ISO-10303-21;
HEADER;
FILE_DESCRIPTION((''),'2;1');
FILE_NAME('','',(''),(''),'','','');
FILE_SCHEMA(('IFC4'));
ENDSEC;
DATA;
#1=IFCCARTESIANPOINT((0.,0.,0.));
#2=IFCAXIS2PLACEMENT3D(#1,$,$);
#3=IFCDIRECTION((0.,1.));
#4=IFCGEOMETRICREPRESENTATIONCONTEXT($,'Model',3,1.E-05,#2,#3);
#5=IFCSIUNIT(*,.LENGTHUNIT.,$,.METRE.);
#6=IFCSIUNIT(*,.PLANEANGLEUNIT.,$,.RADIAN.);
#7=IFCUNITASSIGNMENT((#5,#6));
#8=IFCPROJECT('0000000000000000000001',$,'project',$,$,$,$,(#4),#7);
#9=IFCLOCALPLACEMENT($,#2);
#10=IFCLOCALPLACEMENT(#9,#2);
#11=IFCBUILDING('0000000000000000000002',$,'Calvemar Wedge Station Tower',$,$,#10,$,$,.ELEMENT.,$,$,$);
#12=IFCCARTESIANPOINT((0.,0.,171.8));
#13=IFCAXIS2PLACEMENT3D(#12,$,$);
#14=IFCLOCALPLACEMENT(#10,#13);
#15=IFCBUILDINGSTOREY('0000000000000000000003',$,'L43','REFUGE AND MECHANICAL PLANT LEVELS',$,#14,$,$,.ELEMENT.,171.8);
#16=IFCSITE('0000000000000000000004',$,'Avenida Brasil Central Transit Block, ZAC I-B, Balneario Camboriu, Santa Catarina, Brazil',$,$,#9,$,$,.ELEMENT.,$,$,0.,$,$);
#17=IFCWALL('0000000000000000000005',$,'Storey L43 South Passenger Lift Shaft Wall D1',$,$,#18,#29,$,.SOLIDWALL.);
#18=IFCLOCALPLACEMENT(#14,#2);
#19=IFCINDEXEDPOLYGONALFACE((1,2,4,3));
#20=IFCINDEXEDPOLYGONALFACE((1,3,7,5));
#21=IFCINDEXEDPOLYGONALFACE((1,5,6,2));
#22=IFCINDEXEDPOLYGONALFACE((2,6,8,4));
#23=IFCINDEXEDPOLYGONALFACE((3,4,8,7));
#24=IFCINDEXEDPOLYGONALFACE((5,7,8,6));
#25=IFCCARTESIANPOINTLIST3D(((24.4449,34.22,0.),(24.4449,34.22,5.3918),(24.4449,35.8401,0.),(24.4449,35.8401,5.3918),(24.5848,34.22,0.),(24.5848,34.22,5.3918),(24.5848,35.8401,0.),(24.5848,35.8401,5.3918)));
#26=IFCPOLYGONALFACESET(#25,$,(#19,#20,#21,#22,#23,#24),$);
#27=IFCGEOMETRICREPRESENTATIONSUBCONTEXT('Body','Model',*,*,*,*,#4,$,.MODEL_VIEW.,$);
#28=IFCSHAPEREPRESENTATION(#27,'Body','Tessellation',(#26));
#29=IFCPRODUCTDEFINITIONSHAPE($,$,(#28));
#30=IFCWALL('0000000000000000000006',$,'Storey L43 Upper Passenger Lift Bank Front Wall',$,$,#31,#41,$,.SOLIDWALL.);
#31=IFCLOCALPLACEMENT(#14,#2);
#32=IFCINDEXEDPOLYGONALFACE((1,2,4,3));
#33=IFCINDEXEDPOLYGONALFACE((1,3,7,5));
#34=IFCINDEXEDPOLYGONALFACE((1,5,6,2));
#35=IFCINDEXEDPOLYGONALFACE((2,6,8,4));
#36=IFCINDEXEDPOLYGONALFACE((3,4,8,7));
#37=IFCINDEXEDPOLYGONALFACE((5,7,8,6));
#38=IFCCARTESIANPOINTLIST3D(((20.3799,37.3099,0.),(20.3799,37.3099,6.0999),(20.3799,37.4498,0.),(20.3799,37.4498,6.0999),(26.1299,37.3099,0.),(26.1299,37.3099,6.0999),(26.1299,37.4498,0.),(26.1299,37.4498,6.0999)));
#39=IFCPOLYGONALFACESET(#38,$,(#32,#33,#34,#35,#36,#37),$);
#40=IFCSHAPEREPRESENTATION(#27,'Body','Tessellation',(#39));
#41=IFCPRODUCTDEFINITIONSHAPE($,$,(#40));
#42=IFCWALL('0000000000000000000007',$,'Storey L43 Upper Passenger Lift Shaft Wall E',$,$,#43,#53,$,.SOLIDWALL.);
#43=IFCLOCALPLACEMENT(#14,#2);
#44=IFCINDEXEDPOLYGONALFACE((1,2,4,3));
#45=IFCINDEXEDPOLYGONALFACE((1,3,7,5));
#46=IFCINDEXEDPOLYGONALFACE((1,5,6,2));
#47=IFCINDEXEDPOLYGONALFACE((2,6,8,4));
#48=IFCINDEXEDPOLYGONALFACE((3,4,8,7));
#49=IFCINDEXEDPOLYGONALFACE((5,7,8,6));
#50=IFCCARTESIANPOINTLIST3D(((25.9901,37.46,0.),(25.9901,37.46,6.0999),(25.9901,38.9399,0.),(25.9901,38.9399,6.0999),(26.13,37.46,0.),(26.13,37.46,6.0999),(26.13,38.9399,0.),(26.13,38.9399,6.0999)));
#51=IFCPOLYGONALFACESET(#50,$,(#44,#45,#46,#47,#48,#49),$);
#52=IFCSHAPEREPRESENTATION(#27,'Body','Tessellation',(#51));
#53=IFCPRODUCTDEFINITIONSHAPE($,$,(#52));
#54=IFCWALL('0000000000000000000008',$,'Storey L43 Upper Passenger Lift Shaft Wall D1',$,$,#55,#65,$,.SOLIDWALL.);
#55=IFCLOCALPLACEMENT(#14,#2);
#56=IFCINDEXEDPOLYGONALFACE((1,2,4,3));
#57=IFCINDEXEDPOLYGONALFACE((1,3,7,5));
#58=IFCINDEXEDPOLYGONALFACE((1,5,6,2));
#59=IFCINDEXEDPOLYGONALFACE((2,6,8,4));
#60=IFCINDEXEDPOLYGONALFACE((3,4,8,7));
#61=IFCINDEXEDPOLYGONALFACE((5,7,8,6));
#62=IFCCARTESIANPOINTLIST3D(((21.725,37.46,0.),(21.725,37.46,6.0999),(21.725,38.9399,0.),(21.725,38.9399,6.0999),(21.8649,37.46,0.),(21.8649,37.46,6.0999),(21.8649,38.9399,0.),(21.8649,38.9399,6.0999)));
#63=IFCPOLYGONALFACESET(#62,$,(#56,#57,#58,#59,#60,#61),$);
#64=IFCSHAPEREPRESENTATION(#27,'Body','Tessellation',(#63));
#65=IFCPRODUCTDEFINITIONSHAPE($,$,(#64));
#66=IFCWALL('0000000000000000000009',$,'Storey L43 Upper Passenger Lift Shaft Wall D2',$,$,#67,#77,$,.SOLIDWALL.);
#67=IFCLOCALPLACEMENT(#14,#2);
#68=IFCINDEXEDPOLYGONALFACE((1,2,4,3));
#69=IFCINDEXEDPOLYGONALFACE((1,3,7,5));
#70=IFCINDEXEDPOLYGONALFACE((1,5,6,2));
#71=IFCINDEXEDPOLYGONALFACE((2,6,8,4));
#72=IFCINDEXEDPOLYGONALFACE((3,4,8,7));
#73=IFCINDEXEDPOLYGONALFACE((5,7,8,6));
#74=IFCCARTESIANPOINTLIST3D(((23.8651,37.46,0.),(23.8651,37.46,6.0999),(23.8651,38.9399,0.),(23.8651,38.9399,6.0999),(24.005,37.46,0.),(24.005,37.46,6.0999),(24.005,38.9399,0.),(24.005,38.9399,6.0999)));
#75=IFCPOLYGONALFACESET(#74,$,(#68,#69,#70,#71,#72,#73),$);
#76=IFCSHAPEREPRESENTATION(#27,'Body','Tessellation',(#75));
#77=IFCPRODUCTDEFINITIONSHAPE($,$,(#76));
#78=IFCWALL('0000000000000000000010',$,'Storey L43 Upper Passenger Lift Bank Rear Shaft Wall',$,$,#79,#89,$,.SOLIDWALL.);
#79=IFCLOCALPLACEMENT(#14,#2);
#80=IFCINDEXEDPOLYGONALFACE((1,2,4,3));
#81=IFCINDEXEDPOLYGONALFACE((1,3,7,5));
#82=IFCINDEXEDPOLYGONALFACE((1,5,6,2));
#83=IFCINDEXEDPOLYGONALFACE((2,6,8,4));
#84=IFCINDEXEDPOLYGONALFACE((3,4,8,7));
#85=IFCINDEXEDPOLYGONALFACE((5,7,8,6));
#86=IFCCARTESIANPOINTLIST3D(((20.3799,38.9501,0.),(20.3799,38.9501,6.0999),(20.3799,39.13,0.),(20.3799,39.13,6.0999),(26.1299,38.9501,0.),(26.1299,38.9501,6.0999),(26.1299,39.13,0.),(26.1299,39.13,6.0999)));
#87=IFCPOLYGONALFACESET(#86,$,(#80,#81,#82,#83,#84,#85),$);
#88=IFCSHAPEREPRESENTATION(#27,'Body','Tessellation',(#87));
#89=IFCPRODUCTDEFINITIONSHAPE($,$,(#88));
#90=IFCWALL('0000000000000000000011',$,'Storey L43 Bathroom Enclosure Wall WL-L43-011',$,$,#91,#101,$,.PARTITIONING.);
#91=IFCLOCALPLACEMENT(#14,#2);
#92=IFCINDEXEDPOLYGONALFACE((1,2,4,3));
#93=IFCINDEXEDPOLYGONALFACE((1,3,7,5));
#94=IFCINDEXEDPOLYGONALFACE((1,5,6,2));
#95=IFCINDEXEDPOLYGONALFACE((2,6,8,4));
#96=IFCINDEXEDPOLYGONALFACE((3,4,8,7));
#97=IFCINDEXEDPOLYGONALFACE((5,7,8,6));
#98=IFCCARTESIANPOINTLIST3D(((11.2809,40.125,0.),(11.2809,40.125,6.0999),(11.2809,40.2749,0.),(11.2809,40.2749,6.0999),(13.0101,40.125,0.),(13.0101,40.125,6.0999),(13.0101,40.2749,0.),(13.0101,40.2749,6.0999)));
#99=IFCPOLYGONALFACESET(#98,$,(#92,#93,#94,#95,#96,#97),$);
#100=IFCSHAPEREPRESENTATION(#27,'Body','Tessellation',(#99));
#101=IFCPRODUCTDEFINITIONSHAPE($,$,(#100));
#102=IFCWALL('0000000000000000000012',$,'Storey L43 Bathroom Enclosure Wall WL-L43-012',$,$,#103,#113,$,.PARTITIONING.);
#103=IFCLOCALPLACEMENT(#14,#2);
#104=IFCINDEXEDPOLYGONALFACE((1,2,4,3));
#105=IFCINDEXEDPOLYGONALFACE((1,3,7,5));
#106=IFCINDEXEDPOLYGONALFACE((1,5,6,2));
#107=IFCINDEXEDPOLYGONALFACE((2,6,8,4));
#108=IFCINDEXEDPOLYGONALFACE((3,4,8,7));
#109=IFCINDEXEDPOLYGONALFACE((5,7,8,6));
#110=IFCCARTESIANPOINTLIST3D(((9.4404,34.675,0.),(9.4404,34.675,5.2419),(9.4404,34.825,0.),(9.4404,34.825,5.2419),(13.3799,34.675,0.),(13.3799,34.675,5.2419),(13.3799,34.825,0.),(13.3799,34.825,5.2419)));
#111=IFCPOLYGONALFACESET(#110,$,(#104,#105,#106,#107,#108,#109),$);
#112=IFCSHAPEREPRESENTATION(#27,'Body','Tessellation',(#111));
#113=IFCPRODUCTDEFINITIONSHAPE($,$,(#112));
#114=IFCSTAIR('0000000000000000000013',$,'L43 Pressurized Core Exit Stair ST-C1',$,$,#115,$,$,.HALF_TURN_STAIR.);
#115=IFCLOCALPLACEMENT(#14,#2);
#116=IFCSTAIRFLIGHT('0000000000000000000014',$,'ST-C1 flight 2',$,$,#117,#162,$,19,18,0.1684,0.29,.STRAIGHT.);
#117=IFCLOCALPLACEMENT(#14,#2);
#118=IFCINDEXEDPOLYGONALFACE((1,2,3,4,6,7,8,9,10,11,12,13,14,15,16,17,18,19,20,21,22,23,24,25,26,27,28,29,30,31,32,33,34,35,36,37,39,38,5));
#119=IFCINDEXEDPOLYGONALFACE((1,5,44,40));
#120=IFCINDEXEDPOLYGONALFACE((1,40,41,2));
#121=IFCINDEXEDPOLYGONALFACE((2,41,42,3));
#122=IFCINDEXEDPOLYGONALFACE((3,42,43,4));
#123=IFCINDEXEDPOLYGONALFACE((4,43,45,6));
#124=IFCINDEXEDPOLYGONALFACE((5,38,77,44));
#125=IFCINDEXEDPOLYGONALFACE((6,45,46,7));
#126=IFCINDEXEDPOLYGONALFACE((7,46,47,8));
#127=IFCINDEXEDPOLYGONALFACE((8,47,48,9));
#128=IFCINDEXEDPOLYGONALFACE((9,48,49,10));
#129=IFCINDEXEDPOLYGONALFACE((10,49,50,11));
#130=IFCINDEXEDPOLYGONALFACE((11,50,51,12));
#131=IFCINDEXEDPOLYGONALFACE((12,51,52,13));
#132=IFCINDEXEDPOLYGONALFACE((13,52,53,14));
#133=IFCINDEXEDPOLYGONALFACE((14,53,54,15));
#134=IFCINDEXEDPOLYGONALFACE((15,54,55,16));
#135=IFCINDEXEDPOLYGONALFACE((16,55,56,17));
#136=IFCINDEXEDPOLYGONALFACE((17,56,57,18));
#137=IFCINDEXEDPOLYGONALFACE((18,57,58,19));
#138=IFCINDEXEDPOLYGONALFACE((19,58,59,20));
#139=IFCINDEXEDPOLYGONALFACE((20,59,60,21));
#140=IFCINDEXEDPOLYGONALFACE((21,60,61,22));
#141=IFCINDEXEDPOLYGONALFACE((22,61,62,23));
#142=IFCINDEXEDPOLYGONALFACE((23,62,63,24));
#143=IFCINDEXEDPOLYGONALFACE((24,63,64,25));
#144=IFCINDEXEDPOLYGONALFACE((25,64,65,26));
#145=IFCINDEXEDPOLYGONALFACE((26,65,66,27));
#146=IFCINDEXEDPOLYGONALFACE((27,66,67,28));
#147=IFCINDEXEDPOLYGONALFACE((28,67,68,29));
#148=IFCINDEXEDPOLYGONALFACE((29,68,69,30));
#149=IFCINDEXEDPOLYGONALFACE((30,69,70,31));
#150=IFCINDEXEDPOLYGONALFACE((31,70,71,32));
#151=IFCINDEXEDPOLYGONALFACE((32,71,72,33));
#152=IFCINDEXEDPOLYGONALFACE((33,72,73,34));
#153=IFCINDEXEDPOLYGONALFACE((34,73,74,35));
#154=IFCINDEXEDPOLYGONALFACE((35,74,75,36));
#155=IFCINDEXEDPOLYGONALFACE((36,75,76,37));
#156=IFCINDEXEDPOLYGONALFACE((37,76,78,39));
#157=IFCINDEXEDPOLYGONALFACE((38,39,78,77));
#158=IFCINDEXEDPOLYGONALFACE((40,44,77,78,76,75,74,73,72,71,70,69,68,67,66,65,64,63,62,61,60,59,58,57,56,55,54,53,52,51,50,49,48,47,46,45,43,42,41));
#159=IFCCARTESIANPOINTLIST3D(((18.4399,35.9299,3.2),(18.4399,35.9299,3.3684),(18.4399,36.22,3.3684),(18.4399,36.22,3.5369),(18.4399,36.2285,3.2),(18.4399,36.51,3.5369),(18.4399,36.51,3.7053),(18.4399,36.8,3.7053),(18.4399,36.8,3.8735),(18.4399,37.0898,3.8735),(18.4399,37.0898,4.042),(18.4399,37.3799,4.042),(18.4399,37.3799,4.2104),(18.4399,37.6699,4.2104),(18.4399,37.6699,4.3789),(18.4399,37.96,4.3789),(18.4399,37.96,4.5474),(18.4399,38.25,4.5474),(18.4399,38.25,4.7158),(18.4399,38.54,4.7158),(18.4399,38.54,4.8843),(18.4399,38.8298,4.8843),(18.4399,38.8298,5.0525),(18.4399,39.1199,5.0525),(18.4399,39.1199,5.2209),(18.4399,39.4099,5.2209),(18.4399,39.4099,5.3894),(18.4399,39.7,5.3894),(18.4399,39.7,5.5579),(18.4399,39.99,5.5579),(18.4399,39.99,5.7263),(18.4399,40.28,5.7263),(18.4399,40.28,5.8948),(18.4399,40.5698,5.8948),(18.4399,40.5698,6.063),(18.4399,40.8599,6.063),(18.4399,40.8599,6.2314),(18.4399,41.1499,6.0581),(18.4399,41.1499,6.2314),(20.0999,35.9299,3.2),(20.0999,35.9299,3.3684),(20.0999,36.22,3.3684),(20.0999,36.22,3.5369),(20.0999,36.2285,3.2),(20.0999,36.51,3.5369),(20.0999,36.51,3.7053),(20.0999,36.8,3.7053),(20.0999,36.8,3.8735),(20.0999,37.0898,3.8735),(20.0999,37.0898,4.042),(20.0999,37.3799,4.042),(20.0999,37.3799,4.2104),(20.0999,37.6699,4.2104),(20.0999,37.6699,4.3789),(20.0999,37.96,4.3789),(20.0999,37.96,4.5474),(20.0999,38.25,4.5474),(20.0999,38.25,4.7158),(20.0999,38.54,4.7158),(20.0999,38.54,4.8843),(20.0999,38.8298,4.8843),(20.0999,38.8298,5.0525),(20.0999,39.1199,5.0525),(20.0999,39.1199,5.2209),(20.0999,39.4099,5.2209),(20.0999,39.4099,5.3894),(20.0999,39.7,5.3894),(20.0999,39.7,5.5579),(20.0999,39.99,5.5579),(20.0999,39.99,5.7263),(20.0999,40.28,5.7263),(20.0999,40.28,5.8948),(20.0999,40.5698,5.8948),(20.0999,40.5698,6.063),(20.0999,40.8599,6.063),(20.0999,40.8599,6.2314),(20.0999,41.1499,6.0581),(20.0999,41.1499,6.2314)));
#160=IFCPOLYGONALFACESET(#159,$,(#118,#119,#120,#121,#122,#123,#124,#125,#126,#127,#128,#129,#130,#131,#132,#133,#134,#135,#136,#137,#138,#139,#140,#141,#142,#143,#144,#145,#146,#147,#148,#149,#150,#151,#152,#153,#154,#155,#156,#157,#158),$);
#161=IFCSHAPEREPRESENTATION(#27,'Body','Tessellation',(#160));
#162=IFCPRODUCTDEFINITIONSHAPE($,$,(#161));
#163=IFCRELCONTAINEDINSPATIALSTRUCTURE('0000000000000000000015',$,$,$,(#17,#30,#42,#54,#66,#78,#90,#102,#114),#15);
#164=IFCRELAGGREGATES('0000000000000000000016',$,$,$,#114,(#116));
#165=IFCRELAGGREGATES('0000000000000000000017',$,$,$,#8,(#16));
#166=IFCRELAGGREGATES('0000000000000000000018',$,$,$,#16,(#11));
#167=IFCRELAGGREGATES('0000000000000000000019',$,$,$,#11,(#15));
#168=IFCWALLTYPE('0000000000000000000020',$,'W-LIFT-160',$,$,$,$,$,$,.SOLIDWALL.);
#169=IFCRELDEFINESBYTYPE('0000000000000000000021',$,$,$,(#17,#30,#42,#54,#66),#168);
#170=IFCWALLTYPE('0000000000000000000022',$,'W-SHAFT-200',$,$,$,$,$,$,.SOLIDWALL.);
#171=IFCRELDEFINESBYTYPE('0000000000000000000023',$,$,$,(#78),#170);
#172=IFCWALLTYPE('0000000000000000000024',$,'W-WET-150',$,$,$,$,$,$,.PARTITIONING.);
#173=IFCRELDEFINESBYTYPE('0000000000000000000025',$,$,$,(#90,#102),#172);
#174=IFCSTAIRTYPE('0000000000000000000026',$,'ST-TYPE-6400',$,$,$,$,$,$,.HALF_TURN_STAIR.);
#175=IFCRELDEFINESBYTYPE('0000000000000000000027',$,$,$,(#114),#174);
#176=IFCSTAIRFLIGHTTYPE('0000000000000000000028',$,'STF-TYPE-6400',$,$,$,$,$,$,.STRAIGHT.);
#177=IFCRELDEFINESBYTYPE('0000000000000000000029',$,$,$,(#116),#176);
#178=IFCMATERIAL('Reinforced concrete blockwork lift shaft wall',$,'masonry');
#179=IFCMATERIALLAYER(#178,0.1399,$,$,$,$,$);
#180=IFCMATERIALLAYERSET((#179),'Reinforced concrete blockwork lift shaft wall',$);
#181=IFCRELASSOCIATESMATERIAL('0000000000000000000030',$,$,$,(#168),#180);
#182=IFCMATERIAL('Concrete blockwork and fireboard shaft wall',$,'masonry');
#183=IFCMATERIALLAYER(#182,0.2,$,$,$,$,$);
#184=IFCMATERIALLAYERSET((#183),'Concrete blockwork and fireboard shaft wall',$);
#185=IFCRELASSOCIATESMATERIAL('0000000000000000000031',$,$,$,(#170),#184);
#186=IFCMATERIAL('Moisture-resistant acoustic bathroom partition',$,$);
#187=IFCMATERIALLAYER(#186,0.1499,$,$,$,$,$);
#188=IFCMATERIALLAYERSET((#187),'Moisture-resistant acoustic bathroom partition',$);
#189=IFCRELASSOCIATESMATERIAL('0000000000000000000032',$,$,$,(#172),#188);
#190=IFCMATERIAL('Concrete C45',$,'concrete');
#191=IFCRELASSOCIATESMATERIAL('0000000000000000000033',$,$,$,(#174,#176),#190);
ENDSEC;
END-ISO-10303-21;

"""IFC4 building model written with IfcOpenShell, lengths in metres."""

from ifc_helpers import new_model, si_unit, direction, frame, frame_2d, origin, place, context, subcontext, project, spatial, polyline, rectangle, outline, extrude, material, layer, layer_set, type_object, element, aggregate, save


model = new_model("IFC4")

# Units and contexts
model_context = context("Model", 3, precision=1e-05, world=origin(), true_north=direction((0.0, 1.0)))
body_context = subcontext(model_context, "Body", "Model", "MODEL_VIEW")
ifc_project = project(units=[si_unit("LENGTHUNIT", "METRE"), si_unit("PLANEANGLEUNIT", "RADIAN")], contexts=[model_context])

# Site, building, storey
site_placement = place(None, origin())
site = spatial("IfcSite", under=ifc_project, at=site_placement, Name="Avenida Brasil Central Transit Block, ZAC I-B, Balneario Camboriu, Santa Catarina, Brazil", CompositionType="ELEMENT", RefElevation=0.0)
building_placement = place(site_placement, origin())
building = spatial("IfcBuilding", under=site, at=building_placement, Name="Calvemar Wedge Station Tower", CompositionType="ELEMENT")
storey_placement = place(building_placement, frame((0.0, 0.0, 171.8)))
storey = spatial("IfcBuildingStorey", under=building, at=storey_placement, Name="L43", Description="REFUGE AND MECHANICAL PLANT LEVELS", CompositionType="ELEMENT", Elevation=171.8)

# Walls
ifc_material_1 = material(Name="Reinforced concrete blockwork lift shaft wall", Category="masonry")
ifc_layer_1 = layer(ifc_material_1, 0.1399)
ifc_layer_set_1 = layer_set([ifc_layer_1], Name="Reinforced concrete blockwork lift shaft wall")
wall_type_1 = type_object("IfcWallType", Name="W-LIFT-160", PredefinedType="SOLIDWALL", material=ifc_layer_set_1)
for number, where, z_axis, x_axis, name in (
    (1, (24.5149, 34.22, 0.0), (0.0, 0.0, 1.0), (0.0, 1.0, 0.0), "Storey L43 South Passenger Lift Shaft Wall D1"),
):
    element("IfcWall", number, at=place(storey_placement, frame(where, z_axis=z_axis, x_axis=x_axis)), inside=storey, type_object=wall_type_1, Name=name, PredefinedType="SOLIDWALL", context=body_context, shape_type="SweptSolid", body=[
        extrude(rectangle(XDim=1.6201, YDim=0.1399, at=frame_2d((0.8101, 0.0))), origin(), (0.0, 0.0, 1.0), 5.3918),
    ])
wall_1_placement = place(storey_placement, frame((20.3799, 37.3799, 0.0), z_axis=(0.0, 0.0, 1.0), x_axis=(1.0, 0.0, 0.0)))
element("IfcWall", 2, at=wall_1_placement, inside=storey, type_object=wall_type_1, Name="Storey L43 Upper Passenger Lift Bank Front Wall", PredefinedType="SOLIDWALL", context=body_context, shape_type="SweptSolid", body=[
    extrude(rectangle(XDim=5.75, YDim=0.1399, at=frame_2d((2.875, 0.0))), origin(), (0.0, 0.0, 1.0), 6.0999),
])
for number, where, z_axis, x_axis, name in (
    (3, (26.0601, 37.46, 0.0), (0.0, 0.0, 1.0), (0.0, 1.0, 0.0), "Storey L43 Upper Passenger Lift Shaft Wall E"),
    (4, (21.7949, 37.46, 0.0), (0.0, 0.0, 1.0), (0.0, 1.0, 0.0), "Storey L43 Upper Passenger Lift Shaft Wall D1"),
    (5, (23.9351, 37.46, 0.0), (0.0, 0.0, 1.0), (0.0, 1.0, 0.0), "Storey L43 Upper Passenger Lift Shaft Wall D2"),
):
    element("IfcWall", number, at=place(storey_placement, frame(where, z_axis=z_axis, x_axis=x_axis)), inside=storey, type_object=wall_type_1, Name=name, PredefinedType="SOLIDWALL", context=body_context, shape_type="SweptSolid", body=[
        extrude(rectangle(XDim=1.48, YDim=0.1399, at=frame_2d((0.74, 0.0))), origin(), (0.0, 0.0, 1.0), 6.0999),
    ])
ifc_material_2 = material(Name="Concrete blockwork and fireboard shaft wall", Category="masonry")
ifc_layer_2 = layer(ifc_material_2, 0.2)
ifc_layer_set_2 = layer_set([ifc_layer_2], Name="Concrete blockwork and fireboard shaft wall")
wall_type_2 = type_object("IfcWallType", Name="W-SHAFT-200", PredefinedType="SOLIDWALL", material=ifc_layer_set_2)
wall_2_placement = place(storey_placement, frame((20.3799, 39.04, 0.0), z_axis=(0.0, 0.0, 1.0), x_axis=(1.0, 0.0, 0.0)))
element("IfcWall", 6, at=wall_2_placement, inside=storey, type_object=wall_type_2, Name="Storey L43 Upper Passenger Lift Bank Rear Shaft Wall", PredefinedType="SOLIDWALL", context=body_context, shape_type="SweptSolid", body=[
    extrude(rectangle(XDim=5.75, YDim=0.1799, at=frame_2d((2.875, 0.0))), origin(), (0.0, 0.0, 1.0), 6.0999),
])
ifc_material_3 = material(Name="Moisture-resistant acoustic bathroom partition")
ifc_layer_3 = layer(ifc_material_3, 0.1499)
ifc_layer_set_3 = layer_set([ifc_layer_3], Name="Moisture-resistant acoustic bathroom partition")
wall_type_3 = type_object("IfcWallType", Name="W-WET-150", PredefinedType="PARTITIONING", material=ifc_layer_set_3)
wall_3_placement = place(storey_placement, frame((11.2808, 40.2, 0.0), z_axis=(0.0, 0.0, 1.0), x_axis=(1.0, 0.0, 0.0)))
element("IfcWall", 7, at=wall_3_placement, inside=storey, type_object=wall_type_3, Name="Storey L43 Bathroom Enclosure Wall WL-L43-011", PredefinedType="PARTITIONING", context=body_context, shape_type="SweptSolid", body=[
    extrude(rectangle(XDim=1.7292, YDim=0.1499, at=frame_2d((0.8647, 0.0))), origin(), (0.0, 0.0, 1.0), 6.0999),
])
wall_4_placement = place(storey_placement, frame((13.3799, 34.75, 0.0), z_axis=(0.0, 0.0, 1.0), x_axis=(-1.0, 0.0, 0.0)))
element("IfcWall", 8, at=wall_4_placement, inside=storey, type_object=wall_type_3, Name="Storey L43 Bathroom Enclosure Wall WL-L43-012", PredefinedType="PARTITIONING", context=body_context, shape_type="SweptSolid", body=[
    extrude(rectangle(XDim=3.9395, YDim=0.1499, at=frame_2d((1.9697, 0.0))), origin(), (0.0, 0.0, 1.0), 5.2419),
])

# Stair, stair flight
ifc_material_4 = material(Name="Concrete C45", Category="concrete")
stair_type = type_object("IfcStairType", Name="ST-TYPE-6400", PredefinedType="HALF_TURN_STAIR", material=ifc_material_4)
stair_placement = place(storey_placement, origin())
stair = element("IfcStair", 9, at=stair_placement, inside=storey, type_object=stair_type, Name="L43 Pressurized Core Exit Stair ST-C1", PredefinedType="HALF_TURN_STAIR")
stair_flight_type = type_object("IfcStairFlightType", Name="STF-TYPE-6400", PredefinedType="STRAIGHT", material=ifc_material_4)
stair_flight_placement = place(storey_placement, frame((19.27, 35.9299, 3.2), z_axis=(0.0, 0.0, 1.0), x_axis=(0.0, 1.0, 0.0)))
stair_flight = element("IfcStairFlight", 10, at=stair_flight_placement, type_object=stair_flight_type, Name="ST-C1 flight 2", NumberOfRisers=19, NumberOfTreads=18, PredefinedType="STRAIGHT", RiserHeight=0.1684, TreadLength=0.29, context=body_context, shape_type="SweptSolid", body=[
    extrude(outline(polyline([(0.0, 0.0), (0.0, 0.1685), (0.29, 0.1685), (0.29, 0.3369), (0.5801, 0.3369), (0.5801, 0.5054), (0.8701, 0.5054), (0.8701, 0.6736), (1.1599, 0.6736), (1.1599, 0.842), (1.45, 0.842), (1.45, 1.0105), (1.74, 1.0105), (1.74, 1.179), (2.03, 1.179), (2.03, 1.3474), (2.3201, 1.3474), (2.3201, 1.5159), (2.6101, 1.5159), (2.6101, 1.6843), (2.8999, 1.6843), (2.8999, 1.8525), (3.1899, 1.8525), (3.1899, 2.021), (3.48, 2.021), (3.48, 2.1895), (3.77, 2.1895), (3.77, 2.3579), (4.0601, 2.3579), (4.0601, 2.5264), (4.3501, 2.5264), (4.3501, 2.6948), (4.6399, 2.6948), (4.6399, 2.863), (4.9299, 2.863), (4.9299, 3.0315), (5.22, 3.0315), (5.22, 3.2), (5.22, 2.8582), (0.2986, 0.0), (0.0, 0.0)])), frame((0.0, 0.8301, 0.0), z_axis=(0.0, -1.0, 0.0), x_axis=(1.0, 0.0, 0.0)), (0.0, 0.0, 1.0), 1.6599),
])
aggregate(stair, [stair_flight])

save(model, "model.ifc")
